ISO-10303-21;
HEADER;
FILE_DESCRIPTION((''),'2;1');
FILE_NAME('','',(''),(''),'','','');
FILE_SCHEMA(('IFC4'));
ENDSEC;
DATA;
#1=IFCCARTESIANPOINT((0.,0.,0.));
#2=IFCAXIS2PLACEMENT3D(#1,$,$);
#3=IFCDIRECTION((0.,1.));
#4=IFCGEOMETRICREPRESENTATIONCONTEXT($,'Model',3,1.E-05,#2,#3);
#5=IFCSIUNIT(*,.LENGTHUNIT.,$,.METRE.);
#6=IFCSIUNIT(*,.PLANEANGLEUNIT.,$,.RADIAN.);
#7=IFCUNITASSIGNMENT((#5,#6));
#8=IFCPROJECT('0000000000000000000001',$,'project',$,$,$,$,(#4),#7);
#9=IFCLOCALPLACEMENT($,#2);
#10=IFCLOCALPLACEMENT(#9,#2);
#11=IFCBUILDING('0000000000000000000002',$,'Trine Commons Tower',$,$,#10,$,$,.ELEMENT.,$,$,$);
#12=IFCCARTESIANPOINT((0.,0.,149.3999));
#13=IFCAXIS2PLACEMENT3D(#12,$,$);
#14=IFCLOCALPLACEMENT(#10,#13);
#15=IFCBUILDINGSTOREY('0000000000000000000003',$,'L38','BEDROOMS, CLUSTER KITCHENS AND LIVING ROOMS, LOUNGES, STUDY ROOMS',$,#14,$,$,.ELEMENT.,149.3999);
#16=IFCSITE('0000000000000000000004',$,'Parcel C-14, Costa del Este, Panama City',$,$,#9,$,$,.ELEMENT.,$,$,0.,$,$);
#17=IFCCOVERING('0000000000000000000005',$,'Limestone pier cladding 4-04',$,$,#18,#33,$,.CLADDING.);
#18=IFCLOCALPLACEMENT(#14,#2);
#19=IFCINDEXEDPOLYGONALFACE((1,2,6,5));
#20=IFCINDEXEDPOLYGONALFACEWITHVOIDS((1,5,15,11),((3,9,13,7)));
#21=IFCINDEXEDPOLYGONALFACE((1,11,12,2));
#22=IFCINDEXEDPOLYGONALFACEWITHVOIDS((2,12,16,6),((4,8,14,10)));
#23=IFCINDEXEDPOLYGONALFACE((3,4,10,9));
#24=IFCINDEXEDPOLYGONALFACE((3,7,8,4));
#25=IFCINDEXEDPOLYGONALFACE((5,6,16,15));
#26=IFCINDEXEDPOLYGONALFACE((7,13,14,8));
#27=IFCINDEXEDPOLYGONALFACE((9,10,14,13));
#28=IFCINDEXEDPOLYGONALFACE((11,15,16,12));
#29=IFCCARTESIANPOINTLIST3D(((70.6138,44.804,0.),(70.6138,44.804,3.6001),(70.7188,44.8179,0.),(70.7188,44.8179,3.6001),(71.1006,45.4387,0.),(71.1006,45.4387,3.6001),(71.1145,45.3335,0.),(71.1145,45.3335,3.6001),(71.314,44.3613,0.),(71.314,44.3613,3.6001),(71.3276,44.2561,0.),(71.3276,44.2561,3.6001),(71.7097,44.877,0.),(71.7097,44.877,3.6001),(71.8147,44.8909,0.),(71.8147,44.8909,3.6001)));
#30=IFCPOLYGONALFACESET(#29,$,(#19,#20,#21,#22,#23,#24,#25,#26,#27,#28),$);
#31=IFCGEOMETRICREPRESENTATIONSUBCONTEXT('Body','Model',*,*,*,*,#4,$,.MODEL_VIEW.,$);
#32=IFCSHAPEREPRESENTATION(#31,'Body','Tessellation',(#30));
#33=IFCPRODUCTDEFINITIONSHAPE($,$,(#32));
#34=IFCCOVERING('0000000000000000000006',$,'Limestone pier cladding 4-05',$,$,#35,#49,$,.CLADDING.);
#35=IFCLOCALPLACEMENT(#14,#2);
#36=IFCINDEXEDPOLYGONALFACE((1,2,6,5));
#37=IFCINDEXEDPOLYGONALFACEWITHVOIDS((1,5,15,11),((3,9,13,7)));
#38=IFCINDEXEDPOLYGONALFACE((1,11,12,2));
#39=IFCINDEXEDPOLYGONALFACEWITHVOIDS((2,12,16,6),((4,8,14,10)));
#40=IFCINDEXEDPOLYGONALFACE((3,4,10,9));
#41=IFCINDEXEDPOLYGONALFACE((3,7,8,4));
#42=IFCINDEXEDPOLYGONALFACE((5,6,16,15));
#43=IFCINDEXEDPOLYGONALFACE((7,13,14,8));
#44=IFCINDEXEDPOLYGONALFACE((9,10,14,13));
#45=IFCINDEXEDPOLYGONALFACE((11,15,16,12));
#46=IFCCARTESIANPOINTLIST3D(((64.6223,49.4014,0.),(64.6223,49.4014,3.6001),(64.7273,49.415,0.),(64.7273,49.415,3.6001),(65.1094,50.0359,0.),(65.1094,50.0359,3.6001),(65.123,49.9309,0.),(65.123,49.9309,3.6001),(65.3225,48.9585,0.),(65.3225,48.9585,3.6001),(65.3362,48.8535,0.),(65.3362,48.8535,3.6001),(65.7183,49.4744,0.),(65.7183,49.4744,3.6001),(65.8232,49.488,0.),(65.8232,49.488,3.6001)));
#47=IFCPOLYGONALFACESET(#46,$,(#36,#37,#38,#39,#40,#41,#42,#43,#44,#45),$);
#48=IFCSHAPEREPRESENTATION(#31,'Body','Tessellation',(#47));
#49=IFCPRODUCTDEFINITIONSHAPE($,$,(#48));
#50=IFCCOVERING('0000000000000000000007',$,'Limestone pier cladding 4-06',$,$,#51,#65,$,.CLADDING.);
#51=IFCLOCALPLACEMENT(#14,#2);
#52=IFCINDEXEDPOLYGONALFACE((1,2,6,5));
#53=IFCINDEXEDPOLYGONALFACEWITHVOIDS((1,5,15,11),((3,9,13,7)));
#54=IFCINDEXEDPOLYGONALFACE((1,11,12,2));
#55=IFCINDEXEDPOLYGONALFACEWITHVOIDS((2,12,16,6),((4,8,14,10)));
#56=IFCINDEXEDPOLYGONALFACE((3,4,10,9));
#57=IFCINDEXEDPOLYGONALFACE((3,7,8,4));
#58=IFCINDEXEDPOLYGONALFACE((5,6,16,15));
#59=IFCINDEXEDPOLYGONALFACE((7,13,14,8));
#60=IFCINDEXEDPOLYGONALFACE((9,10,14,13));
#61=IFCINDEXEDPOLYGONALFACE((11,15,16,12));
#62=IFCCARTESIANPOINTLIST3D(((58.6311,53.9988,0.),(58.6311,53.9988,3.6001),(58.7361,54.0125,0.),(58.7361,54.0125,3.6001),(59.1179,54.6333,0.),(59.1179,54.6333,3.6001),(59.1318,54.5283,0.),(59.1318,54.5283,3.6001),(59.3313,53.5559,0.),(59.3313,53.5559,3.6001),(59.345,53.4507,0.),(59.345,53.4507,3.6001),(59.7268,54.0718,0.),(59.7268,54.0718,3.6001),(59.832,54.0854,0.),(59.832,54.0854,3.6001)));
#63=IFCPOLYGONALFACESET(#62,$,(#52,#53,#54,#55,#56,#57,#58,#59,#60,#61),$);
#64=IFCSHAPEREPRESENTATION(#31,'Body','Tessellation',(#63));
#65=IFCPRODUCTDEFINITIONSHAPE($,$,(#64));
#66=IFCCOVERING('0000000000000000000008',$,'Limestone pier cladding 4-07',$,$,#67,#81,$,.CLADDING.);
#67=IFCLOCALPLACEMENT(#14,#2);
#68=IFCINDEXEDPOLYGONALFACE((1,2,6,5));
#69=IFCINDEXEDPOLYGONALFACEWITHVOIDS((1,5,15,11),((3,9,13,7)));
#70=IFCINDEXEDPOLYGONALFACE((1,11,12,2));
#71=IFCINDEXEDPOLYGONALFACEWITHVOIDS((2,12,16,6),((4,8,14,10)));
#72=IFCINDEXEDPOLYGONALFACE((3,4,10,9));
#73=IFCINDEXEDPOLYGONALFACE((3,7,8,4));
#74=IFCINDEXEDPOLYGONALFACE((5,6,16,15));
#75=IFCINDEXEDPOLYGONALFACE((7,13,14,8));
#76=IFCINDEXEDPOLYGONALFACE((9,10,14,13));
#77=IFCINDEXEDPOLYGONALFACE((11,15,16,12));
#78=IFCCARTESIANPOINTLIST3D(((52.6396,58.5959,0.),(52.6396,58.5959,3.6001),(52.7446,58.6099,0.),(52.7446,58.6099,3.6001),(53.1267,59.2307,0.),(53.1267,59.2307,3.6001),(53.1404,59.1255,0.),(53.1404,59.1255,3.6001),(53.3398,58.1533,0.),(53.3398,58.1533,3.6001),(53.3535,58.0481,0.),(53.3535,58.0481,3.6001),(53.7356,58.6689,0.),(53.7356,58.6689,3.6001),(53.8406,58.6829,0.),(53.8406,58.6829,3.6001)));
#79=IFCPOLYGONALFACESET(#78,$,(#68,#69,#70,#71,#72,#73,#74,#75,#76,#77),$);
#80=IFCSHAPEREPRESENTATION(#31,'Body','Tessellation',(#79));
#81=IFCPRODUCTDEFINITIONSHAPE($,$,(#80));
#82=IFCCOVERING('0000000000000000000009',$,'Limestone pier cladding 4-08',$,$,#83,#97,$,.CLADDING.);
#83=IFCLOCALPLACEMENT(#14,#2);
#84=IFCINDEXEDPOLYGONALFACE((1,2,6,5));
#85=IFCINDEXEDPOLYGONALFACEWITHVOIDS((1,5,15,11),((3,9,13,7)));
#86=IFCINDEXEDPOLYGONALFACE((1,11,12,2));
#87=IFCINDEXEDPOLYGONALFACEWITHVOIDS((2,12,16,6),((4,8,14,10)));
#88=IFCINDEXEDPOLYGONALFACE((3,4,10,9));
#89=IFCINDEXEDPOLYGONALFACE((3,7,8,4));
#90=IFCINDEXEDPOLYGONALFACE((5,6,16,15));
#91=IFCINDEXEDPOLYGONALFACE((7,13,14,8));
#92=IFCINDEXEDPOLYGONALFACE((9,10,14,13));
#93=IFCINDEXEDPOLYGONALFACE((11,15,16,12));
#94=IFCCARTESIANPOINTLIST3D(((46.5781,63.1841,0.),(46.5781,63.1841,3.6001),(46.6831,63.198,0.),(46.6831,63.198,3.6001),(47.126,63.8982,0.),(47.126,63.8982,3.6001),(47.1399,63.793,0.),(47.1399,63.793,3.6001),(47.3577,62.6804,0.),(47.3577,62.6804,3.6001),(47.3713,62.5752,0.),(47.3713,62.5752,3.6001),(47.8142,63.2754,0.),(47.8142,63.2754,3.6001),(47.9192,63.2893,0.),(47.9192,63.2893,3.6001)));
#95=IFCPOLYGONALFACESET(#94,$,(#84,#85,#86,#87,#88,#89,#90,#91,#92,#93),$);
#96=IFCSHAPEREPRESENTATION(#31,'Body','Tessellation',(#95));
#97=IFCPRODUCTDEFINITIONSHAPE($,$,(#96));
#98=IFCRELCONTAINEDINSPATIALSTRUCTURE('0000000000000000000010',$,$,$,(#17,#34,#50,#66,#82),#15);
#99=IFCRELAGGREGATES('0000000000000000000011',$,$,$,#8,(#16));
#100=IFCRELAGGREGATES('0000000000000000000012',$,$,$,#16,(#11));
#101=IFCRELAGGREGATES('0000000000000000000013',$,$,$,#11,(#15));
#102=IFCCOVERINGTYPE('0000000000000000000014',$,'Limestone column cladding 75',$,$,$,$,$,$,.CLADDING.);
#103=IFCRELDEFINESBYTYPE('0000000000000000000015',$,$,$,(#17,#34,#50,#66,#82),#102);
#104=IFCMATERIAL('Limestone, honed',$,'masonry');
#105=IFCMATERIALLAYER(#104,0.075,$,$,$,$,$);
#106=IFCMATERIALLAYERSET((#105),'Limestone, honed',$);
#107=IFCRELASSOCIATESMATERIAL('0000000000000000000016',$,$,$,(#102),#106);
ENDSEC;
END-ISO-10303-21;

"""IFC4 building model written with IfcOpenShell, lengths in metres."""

from ifc_helpers import new_model, si_unit, direction, frame, origin, place, context, subcontext, project, spatial, polyline, outline, extrude, material, layer, layer_set, type_object, element, save


model = new_model("IFC4")

# Units and contexts
model_context = context("Model", 3, precision=1e-05, world=origin(), true_north=direction((0.0, 1.0)))
body_context = subcontext(model_context, "Body", "Model", "MODEL_VIEW")
ifc_project = project(units=[si_unit("LENGTHUNIT", "METRE"), si_unit("PLANEANGLEUNIT", "RADIAN")], contexts=[model_context])

# Site, building, storey
site_placement = place(None, origin())
site = spatial("IfcSite", under=ifc_project, at=site_placement, Name="Parcel C-14, Costa del Este, Panama City", CompositionType="ELEMENT", RefElevation=0.0)
building_placement = place(site_placement, origin())
building = spatial("IfcBuilding", under=site, at=building_placement, Name="Trine Commons Tower", CompositionType="ELEMENT")
storey_placement = place(building_placement, frame((0.0, 0.0, 149.3999)))
storey = spatial("IfcBuildingStorey", under=building, at=storey_placement, Name="L38", Description="BEDROOMS, CLUSTER KITCHENS AND LIVING ROOMS, LOUNGES, STUDY ROOMS", CompositionType="ELEMENT", Elevation=149.3999)

# Coverings
ifc_material_1 = material(Name="Limestone, honed", Category="masonry")
ifc_layer_1 = layer(ifc_material_1, 0.075)
ifc_layer_set_1 = layer_set([ifc_layer_1], Name="Limestone, honed")
covering_type_1 = type_object("IfcCoveringType", Name="Limestone column cladding 75", PredefinedType="CLADDING", material=ifc_layer_set_1)
covering_1_placement = place(storey_placement, origin())
element("IfcCovering", 1, at=covering_1_placement, inside=storey, type_object=covering_type_1, Name="Limestone pier cladding 4-04", PredefinedType="CLADDING", context=body_context, shape_type="SweptSolid", body=[
    extrude(outline(polyline([(71.1006, 45.4387), (70.6138, 44.804), (71.3276, 44.2561), (71.8147, 44.8909), (71.1006, 45.4387)]), holes=[polyline([(71.1145, 45.3335), (70.7188, 44.8179), (71.314, 44.3613), (71.7097, 44.877), (71.1145, 45.3335)])]), origin(), (0.0, 0.0, 1.0), 3.6001),
])
covering_2_placement = place(storey_placement, origin())
element("IfcCovering", 2, at=covering_2_placement, inside=storey, type_object=covering_type_1, Name="Limestone pier cladding 4-05", PredefinedType="CLADDING", context=body_context, shape_type="SweptSolid", body=[
    extrude(outline(polyline([(65.1094, 50.0359), (64.6223, 49.4014), (65.3362, 48.8535), (65.8232, 49.488), (65.1094, 50.0359)]), holes=[polyline([(65.123, 49.9309), (64.7273, 49.415), (65.3225, 48.9585), (65.7183, 49.4744), (65.123, 49.9309)])]), origin(), (0.0, 0.0, 1.0), 3.6001),
])
covering_3_placement = place(storey_placement, origin())
element("IfcCovering", 3, at=covering_3_placement, inside=storey, type_object=covering_type_1, Name="Limestone pier cladding 4-06", PredefinedType="CLADDING", context=body_context, shape_type="SweptSolid", body=[
    extrude(outline(polyline([(59.1179, 54.6333), (58.6311, 53.9988), (59.345, 53.4507), (59.832, 54.0854), (59.1179, 54.6333)]), holes=[polyline([(59.1318, 54.5283), (58.7361, 54.0125), (59.3313, 53.5559), (59.7268, 54.0718), (59.1318, 54.5283)])]), origin(), (0.0, 0.0, 1.0), 3.6001),
])
covering_4_placement = place(storey_placement, origin())
element("IfcCovering", 4, at=covering_4_placement, inside=storey, type_object=covering_type_1, Name="Limestone pier cladding 4-07", PredefinedType="CLADDING", context=body_context, shape_type="SweptSolid", body=[
    extrude(outline(polyline([(53.1267, 59.2307), (52.6396, 58.5959), (53.3535, 58.0481), (53.8406, 58.6829), (53.1267, 59.2307)]), holes=[polyline([(53.1404, 59.1255), (52.7446, 58.6099), (53.3398, 58.1533), (53.7356, 58.6689), (53.1404, 59.1255)])]), origin(), (0.0, 0.0, 1.0), 3.6001),
])
covering_5_placement = place(storey_placement, origin())
element("IfcCovering", 5, at=covering_5_placement, inside=storey, type_object=covering_type_1, Name="Limestone pier cladding 4-08", PredefinedType="CLADDING", context=body_context, shape_type="SweptSolid", body=[
    extrude(outline(polyline([(47.126, 63.8982), (46.5781, 63.1841), (47.3713, 62.5752), (47.9192, 63.2893), (47.126, 63.8982)]), holes=[polyline([(47.1399, 63.793), (46.6831, 63.198), (47.3577, 62.6804), (47.8142, 63.2754), (47.1399, 63.793)])]), origin(), (0.0, 0.0, 1.0), 3.6001),
])

save(model, "model.ifc")
